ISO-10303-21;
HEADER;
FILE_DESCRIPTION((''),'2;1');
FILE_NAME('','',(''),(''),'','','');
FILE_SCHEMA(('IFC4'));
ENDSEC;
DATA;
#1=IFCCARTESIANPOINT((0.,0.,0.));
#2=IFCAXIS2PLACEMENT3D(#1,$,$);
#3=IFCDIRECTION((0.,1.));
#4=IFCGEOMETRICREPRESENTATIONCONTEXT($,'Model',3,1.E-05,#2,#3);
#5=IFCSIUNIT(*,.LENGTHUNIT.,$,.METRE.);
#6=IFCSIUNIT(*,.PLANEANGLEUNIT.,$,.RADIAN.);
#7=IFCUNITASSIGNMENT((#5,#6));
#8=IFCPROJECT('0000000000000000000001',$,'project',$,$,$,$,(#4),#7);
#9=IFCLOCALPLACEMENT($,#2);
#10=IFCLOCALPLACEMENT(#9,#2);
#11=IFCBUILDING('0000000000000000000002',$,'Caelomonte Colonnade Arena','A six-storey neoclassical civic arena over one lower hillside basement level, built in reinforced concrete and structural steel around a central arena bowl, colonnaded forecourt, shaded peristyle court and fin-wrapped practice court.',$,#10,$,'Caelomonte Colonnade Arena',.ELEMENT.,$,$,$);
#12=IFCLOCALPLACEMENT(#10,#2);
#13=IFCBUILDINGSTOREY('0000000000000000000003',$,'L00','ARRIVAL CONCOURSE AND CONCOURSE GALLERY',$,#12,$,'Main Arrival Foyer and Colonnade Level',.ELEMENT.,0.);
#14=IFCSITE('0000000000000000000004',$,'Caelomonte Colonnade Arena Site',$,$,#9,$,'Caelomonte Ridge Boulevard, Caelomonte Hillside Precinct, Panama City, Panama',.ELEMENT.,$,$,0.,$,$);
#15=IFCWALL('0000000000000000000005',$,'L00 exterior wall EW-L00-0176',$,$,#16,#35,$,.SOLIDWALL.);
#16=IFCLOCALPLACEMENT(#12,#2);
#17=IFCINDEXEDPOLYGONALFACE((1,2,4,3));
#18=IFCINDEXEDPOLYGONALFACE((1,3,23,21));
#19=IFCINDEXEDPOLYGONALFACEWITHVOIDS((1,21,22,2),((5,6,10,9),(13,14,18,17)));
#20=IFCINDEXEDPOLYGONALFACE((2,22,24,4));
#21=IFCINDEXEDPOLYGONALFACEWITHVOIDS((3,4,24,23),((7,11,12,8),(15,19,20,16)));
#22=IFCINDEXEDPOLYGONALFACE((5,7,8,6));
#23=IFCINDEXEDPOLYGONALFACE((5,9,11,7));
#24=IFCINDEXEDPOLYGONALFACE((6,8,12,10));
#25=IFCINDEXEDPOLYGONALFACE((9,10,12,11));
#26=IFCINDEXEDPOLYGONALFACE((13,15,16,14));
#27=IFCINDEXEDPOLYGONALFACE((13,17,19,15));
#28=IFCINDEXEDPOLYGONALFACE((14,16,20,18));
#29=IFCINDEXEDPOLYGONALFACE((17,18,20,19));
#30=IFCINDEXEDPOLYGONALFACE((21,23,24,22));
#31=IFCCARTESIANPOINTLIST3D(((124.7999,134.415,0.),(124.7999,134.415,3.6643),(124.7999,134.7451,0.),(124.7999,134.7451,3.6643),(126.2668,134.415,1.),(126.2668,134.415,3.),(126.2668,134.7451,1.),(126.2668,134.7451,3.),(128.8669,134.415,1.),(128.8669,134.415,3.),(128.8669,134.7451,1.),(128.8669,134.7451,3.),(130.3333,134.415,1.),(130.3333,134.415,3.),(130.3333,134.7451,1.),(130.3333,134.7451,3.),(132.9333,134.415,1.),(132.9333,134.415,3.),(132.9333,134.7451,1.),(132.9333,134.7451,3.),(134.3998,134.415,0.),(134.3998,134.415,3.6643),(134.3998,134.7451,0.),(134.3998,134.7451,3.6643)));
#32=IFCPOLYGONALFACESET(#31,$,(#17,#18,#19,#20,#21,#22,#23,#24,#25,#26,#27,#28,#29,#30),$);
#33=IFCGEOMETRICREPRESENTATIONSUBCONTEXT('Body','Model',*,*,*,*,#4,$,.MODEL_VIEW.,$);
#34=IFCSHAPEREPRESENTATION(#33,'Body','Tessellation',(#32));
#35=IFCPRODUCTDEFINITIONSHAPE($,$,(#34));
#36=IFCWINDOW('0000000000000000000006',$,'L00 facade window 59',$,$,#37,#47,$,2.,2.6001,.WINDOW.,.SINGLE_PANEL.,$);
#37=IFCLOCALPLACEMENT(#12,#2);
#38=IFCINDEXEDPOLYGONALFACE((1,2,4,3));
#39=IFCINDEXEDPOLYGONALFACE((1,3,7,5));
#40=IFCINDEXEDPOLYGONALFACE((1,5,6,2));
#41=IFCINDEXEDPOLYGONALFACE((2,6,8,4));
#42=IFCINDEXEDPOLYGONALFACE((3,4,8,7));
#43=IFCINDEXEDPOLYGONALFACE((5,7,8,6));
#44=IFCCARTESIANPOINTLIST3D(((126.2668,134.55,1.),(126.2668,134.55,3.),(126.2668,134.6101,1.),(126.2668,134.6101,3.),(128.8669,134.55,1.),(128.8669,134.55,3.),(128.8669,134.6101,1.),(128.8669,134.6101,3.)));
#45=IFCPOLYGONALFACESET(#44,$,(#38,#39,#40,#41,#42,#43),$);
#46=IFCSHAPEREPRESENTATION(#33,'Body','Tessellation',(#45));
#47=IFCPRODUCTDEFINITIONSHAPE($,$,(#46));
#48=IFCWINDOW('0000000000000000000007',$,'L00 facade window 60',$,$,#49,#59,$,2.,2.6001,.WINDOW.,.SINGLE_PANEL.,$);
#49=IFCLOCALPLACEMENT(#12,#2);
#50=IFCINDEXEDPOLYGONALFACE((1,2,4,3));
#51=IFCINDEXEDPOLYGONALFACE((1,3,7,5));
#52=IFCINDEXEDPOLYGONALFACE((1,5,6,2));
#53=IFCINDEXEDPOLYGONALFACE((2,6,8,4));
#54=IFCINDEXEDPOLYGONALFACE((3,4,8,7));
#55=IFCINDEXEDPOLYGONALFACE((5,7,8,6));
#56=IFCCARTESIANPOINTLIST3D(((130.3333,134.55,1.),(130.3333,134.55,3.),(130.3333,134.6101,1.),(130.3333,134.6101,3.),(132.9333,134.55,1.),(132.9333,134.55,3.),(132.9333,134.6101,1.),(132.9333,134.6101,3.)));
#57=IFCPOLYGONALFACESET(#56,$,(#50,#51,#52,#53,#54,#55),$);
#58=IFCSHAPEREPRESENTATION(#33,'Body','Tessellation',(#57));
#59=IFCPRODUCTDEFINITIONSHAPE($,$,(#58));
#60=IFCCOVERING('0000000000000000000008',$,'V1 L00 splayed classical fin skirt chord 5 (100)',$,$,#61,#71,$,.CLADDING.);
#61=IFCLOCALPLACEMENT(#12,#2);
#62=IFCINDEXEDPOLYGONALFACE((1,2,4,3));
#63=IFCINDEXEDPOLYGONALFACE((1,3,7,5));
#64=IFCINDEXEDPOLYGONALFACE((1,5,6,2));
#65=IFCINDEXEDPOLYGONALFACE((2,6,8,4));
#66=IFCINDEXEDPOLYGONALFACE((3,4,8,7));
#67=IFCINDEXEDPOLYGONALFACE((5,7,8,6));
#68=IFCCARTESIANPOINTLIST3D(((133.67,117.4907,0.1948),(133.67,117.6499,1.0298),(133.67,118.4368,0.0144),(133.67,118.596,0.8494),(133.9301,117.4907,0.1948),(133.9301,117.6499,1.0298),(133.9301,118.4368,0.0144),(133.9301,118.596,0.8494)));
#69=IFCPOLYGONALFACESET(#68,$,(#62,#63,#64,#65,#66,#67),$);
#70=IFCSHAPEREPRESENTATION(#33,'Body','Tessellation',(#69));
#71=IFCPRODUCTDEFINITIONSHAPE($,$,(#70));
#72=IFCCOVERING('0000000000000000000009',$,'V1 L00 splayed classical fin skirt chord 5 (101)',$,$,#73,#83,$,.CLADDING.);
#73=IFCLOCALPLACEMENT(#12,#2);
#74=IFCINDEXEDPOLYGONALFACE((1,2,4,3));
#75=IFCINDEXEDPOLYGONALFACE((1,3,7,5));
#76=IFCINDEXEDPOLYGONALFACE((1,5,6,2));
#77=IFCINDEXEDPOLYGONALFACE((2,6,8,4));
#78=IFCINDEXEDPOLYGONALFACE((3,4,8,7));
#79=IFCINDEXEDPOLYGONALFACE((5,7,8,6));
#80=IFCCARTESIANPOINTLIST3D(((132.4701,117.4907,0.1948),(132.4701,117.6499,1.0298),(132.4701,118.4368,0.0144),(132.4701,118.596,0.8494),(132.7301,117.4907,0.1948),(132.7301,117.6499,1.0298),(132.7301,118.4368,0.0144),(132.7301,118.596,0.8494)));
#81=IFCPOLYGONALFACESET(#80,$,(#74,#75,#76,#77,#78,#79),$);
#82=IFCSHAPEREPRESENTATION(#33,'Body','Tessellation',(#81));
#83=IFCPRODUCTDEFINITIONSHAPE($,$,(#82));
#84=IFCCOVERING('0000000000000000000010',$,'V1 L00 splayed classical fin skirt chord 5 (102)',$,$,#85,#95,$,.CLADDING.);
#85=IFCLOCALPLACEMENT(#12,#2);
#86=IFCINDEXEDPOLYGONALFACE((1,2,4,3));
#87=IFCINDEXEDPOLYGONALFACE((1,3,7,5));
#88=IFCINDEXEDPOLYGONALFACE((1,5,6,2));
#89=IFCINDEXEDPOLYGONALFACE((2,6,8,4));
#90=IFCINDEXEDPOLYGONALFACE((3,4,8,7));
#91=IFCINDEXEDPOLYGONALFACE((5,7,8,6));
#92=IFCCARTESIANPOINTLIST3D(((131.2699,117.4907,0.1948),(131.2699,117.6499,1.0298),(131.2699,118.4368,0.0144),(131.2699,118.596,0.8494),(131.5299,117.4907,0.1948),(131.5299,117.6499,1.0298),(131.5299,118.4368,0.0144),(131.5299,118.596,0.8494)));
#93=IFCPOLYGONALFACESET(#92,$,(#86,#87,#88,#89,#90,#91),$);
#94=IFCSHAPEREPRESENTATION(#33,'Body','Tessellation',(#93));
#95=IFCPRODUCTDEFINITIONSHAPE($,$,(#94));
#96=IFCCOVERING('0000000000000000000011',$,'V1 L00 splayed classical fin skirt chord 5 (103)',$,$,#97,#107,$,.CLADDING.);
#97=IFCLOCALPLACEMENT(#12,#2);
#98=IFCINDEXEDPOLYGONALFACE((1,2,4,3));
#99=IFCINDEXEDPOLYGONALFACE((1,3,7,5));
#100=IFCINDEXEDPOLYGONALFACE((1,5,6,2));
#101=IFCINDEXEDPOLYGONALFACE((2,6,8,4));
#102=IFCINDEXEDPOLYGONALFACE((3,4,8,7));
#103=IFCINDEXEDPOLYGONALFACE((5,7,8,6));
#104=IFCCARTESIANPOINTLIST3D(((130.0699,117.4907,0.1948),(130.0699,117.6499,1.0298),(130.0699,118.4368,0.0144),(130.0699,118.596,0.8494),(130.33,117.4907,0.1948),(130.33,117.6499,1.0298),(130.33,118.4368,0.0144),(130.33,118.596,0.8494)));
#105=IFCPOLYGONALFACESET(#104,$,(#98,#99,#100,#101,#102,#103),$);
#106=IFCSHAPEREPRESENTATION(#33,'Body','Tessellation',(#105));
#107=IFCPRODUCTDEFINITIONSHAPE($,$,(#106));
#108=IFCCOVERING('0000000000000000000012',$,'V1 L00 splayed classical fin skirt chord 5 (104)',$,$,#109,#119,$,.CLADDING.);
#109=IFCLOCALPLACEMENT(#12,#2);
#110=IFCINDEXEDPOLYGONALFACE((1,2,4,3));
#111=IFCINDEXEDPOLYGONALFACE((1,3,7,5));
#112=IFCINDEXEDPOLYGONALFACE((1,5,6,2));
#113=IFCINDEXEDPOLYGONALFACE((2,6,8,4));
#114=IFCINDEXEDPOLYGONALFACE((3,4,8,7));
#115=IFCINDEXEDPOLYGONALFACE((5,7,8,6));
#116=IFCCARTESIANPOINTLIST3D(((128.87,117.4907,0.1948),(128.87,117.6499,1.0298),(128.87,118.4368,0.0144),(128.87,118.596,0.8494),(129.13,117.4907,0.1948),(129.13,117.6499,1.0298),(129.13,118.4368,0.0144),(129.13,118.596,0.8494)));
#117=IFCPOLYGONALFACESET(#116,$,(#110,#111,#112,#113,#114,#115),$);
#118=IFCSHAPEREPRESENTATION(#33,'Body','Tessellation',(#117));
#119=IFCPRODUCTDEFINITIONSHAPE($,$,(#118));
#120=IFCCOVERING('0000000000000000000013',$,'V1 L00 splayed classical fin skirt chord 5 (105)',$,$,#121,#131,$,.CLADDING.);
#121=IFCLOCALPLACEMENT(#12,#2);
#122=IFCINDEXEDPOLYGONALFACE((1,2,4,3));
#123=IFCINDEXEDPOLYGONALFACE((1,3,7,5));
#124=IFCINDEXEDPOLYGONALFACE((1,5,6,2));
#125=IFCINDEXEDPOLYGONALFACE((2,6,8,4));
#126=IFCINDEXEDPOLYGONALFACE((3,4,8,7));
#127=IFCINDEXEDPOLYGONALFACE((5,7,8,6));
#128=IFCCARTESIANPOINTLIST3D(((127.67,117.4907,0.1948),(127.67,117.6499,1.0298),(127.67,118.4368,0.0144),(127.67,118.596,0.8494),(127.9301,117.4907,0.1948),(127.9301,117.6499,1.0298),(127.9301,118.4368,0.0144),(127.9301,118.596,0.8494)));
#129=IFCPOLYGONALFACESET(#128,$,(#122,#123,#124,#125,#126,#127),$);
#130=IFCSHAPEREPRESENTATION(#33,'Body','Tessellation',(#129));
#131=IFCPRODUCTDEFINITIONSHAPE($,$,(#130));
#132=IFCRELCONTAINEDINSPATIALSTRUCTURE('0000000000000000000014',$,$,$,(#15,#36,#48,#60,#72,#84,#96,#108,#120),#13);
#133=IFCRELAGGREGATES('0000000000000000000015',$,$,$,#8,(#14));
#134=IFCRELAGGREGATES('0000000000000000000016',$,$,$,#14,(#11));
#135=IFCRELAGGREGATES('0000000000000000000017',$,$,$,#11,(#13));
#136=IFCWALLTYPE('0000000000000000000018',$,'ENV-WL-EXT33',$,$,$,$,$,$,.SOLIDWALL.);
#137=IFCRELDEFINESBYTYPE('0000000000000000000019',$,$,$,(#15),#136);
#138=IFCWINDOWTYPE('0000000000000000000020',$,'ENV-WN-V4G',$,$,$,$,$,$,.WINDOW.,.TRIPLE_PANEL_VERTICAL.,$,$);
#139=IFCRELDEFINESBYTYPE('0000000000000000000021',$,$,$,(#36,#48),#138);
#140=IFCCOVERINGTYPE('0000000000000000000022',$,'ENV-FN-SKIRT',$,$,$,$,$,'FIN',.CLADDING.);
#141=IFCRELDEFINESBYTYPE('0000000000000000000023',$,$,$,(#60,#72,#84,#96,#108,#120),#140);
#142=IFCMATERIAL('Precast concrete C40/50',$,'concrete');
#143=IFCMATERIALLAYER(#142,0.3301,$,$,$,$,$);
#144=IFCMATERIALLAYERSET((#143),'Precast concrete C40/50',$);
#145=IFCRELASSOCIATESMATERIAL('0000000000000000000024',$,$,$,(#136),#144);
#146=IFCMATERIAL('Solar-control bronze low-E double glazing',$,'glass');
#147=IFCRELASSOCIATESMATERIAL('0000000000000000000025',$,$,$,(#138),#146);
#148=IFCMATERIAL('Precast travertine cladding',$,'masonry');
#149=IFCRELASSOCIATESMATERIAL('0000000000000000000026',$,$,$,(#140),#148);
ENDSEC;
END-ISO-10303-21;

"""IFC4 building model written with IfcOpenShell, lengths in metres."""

from ifc_helpers import new_model, si_unit, direction, frame, frame_2d, origin, origin_2d, place, context, subcontext, project, spatial, rectangle, extrude, material, layer, layer_set, material_profile, profile_set, type_object, element, fill, save


model = new_model("IFC4")

# Units and contexts
model_context = context("Model", 3, precision=1e-05, world=origin(), true_north=direction((0.0, 1.0)))
body_context = subcontext(model_context, "Body", "Model", "MODEL_VIEW")
ifc_project = project(units=[si_unit("LENGTHUNIT", "METRE"), si_unit("PLANEANGLEUNIT", "RADIAN")], contexts=[model_context])

# Site, building, storey
site_placement = place(None, origin())
site = spatial("IfcSite", under=ifc_project, at=site_placement, Name="Caelomonte Colonnade Arena Site", LongName="Caelomonte Ridge Boulevard, Caelomonte Hillside Precinct, Panama City, Panama", CompositionType="ELEMENT", RefElevation=0.0)
building_placement = place(site_placement, origin())
building = spatial("IfcBuilding", under=site, at=building_placement, Name="Caelomonte Colonnade Arena", Description="A six-storey neoclassical civic arena over one lower hillside basement level, built in reinforced concrete and structural steel around a central arena bowl, colonnaded forecourt, shaded peristyle court and fin-wrapped practice court.", LongName="Caelomonte Colonnade Arena", CompositionType="ELEMENT")
storey_placement = place(building_placement, origin())
storey = spatial("IfcBuildingStorey", under=building, at=storey_placement, Name="L00", Description="ARRIVAL CONCOURSE AND CONCOURSE GALLERY", LongName="Main Arrival Foyer and Colonnade Level", CompositionType="ELEMENT", Elevation=0.0)

# Wall, openings, windows
ifc_material_1 = material(Name="Precast concrete C40/50", Category="concrete")
ifc_layer = layer(ifc_material_1, 0.3301)
ifc_layer_set = layer_set([ifc_layer], Name="Precast concrete C40/50")
wall_type = type_object("IfcWallType", Name="ENV-WL-EXT33", PredefinedType="SOLIDWALL", material=ifc_layer_set)
ifc_material_2 = material(Name="Solar-control bronze low-E double glazing", Category="glass")
window_type = type_object("IfcWindowType", Name="ENV-WN-V4G", PartitioningType="TRIPLE_PANEL_VERTICAL", PredefinedType="WINDOW", material=ifc_material_2)
wall_1_placement = place(storey_placement, frame((124.8, 134.5801, 0.0), z_axis=(0.0, 0.0, 1.0), x_axis=(1.0, 0.0, 0.0)))
wall_1 = element("IfcWall", 1, at=wall_1_placement, inside=storey, type_object=wall_type, Name="L00 exterior wall EW-L00-0176", PredefinedType="SOLIDWALL", context=body_context, shape_type="SweptSolid", body=[
    extrude(rectangle(XDim=9.5999, YDim=0.3301, at=frame_2d((4.7998, 0.0))), origin(), (0.0, 0.0, 1.0), 3.6643),
])
opening_1_placement = place(wall_1_placement, frame((4.0669, 0.0, 1.0), z_axis=(0.0, 0.0, 1.0), x_axis=(-1.0, 0.0, 0.0)))
opening_1 = element("IfcOpeningElement", 2, at=opening_1_placement, cuts=wall_1, PredefinedType="OPENING", context=body_context, shape_type="SweptSolid", body=[
    extrude(rectangle(XDim=2.6001, YDim=2.0, at=frame_2d((1.3, 1.0))), frame((0.0, 0.175, 0.0), z_axis=(0.0, -1.0, 0.0), x_axis=(1.0, 0.0, 0.0)), (0.0, 0.0, 1.0), 0.3501),
])
opening_2_placement = place(wall_1_placement, frame((8.1333, 0.0, 1.0), z_axis=(0.0, 0.0, 1.0), x_axis=(-1.0, 0.0, 0.0)))
opening_2 = element("IfcOpeningElement", 3, at=opening_2_placement, cuts=wall_1, PredefinedType="OPENING", context=body_context, shape_type="SweptSolid", body=[
    extrude(rectangle(XDim=2.6001, YDim=2.0, at=frame_2d((1.3, 1.0))), frame((0.0, 0.175, 0.0), z_axis=(0.0, -1.0, 0.0), x_axis=(1.0, 0.0, 0.0)), (0.0, 0.0, 1.0), 0.3501),
])
window_1_placement = place(opening_1_placement, origin())
window_1 = element("IfcWindow", 4, at=window_1_placement, inside=storey, type_object=window_type, Name="L00 facade window 59", OverallHeight=2.0, OverallWidth=2.6001, PartitioningType="SINGLE_PANEL", PredefinedType="WINDOW", context=body_context, shape_type="SweptSolid", body=[
    extrude(rectangle(XDim=2.6001, YDim=2.0, at=frame_2d((1.3, 1.0))), frame((0.0, 0.03, 0.0), z_axis=(0.0, -1.0, 0.0), x_axis=(1.0, 0.0, 0.0)), (0.0, 0.0, 1.0), 0.0601),
])
fill(opening_1, window_1)
window_2_placement = place(opening_2_placement, origin())
window_2 = element("IfcWindow", 5, at=window_2_placement, inside=storey, type_object=window_type, Name="L00 facade window 60", OverallHeight=2.0, OverallWidth=2.6001, PartitioningType="SINGLE_PANEL", PredefinedType="WINDOW", context=body_context, shape_type="SweptSolid", body=[
    extrude(rectangle(XDim=2.6001, YDim=2.0, at=frame_2d((1.3, 1.0))), frame((0.0, 0.03, 0.0), z_axis=(0.0, -1.0, 0.0), x_axis=(1.0, 0.0, 0.0)), (0.0, 0.0, 1.0), 0.0601),
])
fill(opening_2, window_2)

# Coverings
ifc_material_3 = material(Name="Precast travertine cladding", Category="masonry")
ifc_material_profile_1 = material_profile(ifc_material_3, rectangle(XDim=0.26, YDim=0.8501, at=origin_2d()), Name="FIN260X850")
ifc_profile_set_1 = profile_set([ifc_material_profile_1], Name="Precast travertine cladding")
covering_type = type_object("IfcCoveringType", Name="ENV-FN-SKIRT", ElementType="FIN", PredefinedType="CLADDING", material=ifc_profile_set_1)
for number, where, z_axis, x_axis, name in (
    (6, (133.8, 117.5703, 0.6123), (0.0, 0.982296, -0.187333), (-1.0, 0.0, 0.0), "V1 L00 splayed classical fin skirt chord 5 (100)"),
    (7, (132.6001, 117.5703, 0.6123), (0.0, 0.982296, -0.187333), (-1.0, 0.0, 0.0), "V1 L00 splayed classical fin skirt chord 5 (101)"),
    (8, (131.3999, 117.5703, 0.6123), (0.0, 0.982296, -0.187333), (-1.0, 0.0, 0.0), "V1 L00 splayed classical fin skirt chord 5 (102)"),
    (9, (130.2, 117.5703, 0.6123), (0.0, 0.982296, -0.187333), (-1.0, 0.0, 0.0), "V1 L00 splayed classical fin skirt chord 5 (103)"),
    (10, (129.0, 117.5703, 0.6123), (0.0, 0.982296, -0.187333), (-1.0, 0.0, 0.0), "V1 L00 splayed classical fin skirt chord 5 (104)"),
    (11, (127.8, 117.5703, 0.6123), (0.0, 0.982296, -0.187333), (-1.0, 0.0, 0.0), "V1 L00 splayed classical fin skirt chord 5 (105)"),
):
    element("IfcCovering", number, at=place(storey_placement, frame(where, z_axis=z_axis, x_axis=x_axis)), inside=storey, type_object=covering_type, Name=name, PredefinedType="CLADDING", context=body_context, shape_type="SweptSolid", body=[
        extrude(rectangle(XDim=0.26, YDim=0.8501, at=origin_2d()), origin(), (0.0, 0.0, 1.0), 0.9631),
    ])

save(model, "model.ifc")
